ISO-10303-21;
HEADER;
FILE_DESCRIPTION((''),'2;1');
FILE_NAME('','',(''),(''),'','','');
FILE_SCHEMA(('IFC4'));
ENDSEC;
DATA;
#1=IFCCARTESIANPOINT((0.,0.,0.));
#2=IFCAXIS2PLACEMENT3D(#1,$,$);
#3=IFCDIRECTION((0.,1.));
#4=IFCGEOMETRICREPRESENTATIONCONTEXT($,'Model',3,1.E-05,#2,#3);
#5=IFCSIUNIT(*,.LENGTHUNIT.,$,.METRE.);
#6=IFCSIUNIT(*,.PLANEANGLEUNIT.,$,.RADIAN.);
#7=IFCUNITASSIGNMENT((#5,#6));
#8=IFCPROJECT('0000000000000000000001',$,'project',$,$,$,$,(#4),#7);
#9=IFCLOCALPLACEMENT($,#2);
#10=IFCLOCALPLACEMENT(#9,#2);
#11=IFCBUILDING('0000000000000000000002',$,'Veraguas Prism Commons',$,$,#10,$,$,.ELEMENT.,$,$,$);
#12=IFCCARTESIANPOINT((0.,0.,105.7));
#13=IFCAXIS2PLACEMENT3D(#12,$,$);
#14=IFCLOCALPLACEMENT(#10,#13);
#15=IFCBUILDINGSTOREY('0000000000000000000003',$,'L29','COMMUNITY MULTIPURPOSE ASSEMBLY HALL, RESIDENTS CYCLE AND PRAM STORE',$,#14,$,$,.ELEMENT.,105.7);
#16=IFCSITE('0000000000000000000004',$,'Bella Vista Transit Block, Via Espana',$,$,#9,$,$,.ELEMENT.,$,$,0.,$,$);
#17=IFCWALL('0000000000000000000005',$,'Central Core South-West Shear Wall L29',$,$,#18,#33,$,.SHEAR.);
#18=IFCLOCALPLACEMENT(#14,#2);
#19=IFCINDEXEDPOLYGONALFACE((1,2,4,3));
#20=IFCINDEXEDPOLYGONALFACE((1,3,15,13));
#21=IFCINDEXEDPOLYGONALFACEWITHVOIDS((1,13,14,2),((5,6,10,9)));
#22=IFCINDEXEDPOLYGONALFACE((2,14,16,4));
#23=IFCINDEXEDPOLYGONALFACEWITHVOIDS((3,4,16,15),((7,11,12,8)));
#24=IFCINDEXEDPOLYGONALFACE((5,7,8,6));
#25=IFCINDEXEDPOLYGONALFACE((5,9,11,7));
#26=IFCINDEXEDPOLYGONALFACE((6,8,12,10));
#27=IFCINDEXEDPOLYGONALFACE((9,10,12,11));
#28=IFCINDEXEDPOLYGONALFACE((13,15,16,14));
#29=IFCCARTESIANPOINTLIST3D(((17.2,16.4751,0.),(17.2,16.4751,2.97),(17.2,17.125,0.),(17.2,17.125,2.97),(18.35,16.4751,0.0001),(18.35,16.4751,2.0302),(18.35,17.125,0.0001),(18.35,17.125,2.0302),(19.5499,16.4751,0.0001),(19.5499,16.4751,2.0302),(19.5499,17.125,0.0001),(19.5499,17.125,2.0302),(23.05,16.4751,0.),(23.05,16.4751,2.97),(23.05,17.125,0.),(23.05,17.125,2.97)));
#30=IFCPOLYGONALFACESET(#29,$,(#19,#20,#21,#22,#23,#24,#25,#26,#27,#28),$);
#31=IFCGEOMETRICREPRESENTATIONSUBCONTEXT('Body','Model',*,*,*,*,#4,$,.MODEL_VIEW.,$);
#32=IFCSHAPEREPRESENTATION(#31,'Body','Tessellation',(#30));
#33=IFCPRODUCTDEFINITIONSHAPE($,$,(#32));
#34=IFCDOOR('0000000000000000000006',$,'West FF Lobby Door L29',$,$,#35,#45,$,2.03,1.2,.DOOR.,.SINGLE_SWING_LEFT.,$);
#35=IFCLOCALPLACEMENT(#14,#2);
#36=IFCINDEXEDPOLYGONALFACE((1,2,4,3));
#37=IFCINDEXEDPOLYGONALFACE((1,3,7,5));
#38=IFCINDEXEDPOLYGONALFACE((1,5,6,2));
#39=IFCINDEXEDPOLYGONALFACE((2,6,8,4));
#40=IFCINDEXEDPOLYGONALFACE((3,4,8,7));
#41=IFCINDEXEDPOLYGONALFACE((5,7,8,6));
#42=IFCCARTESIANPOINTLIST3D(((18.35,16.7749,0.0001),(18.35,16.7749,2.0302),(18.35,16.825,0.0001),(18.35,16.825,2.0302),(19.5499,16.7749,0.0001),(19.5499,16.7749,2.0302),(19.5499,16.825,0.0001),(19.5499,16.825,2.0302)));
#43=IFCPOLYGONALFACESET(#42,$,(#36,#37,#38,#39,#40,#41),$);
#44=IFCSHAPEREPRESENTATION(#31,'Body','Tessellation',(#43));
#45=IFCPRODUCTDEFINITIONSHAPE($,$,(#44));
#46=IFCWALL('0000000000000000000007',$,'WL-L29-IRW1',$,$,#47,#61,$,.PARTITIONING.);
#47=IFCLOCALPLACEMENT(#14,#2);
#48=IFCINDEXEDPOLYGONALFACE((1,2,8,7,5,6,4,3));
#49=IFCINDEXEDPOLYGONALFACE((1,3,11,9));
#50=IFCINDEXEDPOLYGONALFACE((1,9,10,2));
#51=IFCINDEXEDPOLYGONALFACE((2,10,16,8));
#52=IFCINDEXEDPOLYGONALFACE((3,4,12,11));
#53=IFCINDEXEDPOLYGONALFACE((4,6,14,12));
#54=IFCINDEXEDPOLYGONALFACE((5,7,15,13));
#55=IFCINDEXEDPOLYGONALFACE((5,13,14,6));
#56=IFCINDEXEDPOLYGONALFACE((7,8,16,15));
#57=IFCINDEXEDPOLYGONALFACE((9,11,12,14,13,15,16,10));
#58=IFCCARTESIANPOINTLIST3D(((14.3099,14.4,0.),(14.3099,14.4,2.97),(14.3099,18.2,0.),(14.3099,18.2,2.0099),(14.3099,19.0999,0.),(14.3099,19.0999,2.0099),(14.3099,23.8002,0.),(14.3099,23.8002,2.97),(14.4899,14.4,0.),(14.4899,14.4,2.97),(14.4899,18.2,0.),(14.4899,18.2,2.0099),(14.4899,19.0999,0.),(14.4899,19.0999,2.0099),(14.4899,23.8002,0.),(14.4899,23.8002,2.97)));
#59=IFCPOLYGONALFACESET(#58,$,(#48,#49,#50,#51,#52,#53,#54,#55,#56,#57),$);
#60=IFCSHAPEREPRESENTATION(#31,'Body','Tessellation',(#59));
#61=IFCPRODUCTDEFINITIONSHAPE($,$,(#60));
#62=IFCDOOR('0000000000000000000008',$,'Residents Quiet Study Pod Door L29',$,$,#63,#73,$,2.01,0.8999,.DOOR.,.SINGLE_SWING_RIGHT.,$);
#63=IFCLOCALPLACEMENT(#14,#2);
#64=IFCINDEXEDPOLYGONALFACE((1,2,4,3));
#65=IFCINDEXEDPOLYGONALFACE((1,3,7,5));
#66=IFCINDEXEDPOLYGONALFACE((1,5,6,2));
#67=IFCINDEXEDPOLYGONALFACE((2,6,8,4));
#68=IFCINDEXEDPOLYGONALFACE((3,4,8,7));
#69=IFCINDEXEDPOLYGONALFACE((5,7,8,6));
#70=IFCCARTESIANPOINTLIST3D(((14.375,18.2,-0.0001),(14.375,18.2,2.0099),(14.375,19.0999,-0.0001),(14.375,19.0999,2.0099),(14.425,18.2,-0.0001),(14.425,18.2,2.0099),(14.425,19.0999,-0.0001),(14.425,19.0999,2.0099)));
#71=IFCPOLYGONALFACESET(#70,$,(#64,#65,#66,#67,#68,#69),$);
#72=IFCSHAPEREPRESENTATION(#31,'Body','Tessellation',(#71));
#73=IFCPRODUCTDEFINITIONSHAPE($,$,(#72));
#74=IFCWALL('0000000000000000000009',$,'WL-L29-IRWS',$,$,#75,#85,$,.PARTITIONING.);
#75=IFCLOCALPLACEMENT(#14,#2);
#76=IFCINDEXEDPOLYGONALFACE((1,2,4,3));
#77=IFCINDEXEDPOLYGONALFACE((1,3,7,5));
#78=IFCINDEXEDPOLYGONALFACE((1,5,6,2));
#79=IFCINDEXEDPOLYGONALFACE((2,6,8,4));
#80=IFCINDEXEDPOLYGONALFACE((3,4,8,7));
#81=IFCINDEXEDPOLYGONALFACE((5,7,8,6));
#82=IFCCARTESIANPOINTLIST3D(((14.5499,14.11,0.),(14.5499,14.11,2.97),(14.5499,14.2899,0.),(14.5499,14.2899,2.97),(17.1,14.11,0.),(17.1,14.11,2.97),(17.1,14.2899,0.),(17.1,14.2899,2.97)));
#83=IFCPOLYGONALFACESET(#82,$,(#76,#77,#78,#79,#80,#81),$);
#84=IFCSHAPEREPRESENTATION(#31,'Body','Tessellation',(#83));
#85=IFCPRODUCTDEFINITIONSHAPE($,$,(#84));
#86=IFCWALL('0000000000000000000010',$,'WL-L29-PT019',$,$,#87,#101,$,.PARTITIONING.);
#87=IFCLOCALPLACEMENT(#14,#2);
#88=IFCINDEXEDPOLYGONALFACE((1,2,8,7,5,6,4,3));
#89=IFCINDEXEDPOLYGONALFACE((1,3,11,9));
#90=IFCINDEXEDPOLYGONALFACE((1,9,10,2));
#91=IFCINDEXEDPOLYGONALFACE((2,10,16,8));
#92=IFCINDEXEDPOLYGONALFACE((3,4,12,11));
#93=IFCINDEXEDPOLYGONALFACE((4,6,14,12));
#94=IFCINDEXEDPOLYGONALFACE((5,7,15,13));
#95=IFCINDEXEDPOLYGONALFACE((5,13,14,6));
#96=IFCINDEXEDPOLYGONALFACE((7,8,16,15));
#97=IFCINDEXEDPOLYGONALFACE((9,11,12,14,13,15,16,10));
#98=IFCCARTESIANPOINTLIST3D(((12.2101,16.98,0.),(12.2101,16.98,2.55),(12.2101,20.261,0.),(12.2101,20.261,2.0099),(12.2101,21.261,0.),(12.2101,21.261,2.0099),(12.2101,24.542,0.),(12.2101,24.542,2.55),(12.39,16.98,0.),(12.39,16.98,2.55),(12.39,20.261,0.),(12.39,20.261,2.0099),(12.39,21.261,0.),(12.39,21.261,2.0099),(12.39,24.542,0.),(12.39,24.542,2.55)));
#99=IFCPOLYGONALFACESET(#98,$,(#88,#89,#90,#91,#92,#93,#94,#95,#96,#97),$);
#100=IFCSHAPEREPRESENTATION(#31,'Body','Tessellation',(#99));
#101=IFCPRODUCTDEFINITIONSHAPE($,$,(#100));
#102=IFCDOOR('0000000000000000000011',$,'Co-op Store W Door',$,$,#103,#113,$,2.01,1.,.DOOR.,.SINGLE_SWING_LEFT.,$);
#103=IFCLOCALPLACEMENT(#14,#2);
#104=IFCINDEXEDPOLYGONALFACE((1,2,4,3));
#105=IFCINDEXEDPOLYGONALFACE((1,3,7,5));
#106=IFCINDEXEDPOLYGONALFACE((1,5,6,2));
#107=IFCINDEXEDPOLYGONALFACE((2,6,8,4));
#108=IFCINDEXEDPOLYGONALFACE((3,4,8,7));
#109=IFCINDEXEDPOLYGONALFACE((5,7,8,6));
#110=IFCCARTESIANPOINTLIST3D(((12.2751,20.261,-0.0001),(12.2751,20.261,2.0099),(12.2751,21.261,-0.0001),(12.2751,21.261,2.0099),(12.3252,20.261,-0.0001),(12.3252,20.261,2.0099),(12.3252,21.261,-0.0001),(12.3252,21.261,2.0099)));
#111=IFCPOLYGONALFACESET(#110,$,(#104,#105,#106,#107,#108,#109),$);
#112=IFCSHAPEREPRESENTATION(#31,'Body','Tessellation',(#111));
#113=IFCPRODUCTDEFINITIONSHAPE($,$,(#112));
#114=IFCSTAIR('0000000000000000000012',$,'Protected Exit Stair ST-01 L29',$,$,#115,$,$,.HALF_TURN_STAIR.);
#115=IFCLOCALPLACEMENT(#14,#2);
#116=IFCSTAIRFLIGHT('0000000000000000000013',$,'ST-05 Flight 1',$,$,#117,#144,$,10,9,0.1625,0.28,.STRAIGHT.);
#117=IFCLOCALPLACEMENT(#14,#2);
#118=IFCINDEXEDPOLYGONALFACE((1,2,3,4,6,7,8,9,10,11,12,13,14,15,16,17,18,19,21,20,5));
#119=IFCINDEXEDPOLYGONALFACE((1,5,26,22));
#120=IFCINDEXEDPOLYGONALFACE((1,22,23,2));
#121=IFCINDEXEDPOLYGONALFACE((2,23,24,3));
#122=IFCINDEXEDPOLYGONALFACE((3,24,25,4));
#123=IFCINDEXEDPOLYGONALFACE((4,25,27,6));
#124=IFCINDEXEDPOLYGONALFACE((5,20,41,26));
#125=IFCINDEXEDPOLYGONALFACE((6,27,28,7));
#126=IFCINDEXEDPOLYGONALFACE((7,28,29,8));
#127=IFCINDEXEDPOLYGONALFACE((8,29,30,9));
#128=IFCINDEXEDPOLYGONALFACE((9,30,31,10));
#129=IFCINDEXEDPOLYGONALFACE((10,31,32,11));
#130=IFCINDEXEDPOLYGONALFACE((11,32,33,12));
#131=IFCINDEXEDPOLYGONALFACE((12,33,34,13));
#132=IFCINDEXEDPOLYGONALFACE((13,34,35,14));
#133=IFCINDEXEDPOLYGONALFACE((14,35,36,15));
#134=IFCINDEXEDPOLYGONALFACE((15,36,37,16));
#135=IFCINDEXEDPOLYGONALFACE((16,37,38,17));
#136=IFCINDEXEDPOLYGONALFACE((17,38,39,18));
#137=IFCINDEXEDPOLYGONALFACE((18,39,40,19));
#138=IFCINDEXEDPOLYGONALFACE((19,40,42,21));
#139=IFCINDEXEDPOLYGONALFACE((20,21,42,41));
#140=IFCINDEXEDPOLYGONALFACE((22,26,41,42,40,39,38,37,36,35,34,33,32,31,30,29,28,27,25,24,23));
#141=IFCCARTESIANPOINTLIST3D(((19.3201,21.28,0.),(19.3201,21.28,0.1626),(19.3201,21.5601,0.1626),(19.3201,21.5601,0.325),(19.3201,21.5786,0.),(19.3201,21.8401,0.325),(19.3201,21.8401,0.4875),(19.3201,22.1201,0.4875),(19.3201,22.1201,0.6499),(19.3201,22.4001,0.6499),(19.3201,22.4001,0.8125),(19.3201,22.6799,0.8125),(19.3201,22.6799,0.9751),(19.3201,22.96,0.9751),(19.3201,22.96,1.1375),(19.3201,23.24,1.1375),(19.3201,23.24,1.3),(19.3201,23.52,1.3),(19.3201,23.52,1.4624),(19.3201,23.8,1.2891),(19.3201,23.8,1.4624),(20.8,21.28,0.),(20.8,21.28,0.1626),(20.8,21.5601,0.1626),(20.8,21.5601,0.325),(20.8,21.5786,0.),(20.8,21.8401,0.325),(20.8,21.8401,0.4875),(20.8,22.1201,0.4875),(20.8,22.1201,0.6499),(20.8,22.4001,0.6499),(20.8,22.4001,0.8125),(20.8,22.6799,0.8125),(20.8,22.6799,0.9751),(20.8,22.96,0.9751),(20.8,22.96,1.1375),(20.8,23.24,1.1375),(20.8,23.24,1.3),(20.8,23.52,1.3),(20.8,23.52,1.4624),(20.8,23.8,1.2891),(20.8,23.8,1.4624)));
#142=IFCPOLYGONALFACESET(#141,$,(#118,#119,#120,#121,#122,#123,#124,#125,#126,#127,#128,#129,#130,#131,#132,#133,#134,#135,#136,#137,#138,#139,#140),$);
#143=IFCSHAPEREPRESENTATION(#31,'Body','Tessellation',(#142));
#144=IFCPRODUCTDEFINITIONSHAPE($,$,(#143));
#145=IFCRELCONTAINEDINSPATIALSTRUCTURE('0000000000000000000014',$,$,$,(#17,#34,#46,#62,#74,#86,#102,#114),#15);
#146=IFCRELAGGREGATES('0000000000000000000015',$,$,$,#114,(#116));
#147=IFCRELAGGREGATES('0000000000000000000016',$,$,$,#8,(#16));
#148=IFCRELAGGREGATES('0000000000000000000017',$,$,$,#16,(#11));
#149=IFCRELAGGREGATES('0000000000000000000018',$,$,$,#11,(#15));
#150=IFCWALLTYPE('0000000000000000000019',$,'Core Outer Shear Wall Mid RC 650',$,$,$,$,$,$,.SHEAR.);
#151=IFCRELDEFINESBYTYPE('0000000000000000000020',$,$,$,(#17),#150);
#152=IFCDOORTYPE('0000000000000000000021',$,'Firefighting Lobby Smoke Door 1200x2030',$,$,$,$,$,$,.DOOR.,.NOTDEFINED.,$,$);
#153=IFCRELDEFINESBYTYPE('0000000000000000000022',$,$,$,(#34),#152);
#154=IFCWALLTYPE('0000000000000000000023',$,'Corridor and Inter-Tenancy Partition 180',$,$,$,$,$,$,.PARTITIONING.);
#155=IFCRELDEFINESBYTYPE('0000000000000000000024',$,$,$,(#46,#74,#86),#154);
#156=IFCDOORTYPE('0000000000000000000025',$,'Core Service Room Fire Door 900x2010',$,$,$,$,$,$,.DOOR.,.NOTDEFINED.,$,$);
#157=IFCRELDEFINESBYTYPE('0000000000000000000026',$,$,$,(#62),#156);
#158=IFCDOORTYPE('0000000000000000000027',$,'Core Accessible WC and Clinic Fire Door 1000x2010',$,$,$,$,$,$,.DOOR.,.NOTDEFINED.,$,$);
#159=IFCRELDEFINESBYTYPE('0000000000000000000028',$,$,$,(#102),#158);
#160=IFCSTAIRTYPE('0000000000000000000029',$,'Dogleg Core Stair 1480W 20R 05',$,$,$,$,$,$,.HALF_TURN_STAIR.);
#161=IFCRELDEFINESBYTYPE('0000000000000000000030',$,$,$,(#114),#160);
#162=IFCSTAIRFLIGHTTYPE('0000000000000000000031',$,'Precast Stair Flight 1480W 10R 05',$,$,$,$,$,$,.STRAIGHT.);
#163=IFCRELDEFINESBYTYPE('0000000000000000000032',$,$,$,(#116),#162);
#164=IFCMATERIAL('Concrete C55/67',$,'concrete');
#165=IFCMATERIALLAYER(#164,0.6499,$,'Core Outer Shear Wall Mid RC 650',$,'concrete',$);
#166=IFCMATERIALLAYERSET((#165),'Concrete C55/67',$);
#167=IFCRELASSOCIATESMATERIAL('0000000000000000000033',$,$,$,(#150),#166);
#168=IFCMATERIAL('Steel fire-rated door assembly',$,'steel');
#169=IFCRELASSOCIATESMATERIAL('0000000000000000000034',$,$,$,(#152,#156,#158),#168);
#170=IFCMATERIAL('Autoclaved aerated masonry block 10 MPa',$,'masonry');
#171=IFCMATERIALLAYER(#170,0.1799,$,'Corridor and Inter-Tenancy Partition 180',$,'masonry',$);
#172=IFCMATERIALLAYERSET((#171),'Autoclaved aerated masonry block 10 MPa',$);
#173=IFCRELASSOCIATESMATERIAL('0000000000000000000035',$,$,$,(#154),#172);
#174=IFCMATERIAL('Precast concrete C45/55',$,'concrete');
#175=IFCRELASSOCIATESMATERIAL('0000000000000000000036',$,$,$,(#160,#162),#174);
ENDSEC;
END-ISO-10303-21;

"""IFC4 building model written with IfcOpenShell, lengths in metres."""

from ifc_helpers import new_model, si_unit, direction, frame, frame_2d, origin, place, context, subcontext, project, spatial, polyline, rectangle, outline, extrude, source, transform, mapped, material, layer, layer_set, type_object, element, fill, aggregate, save


model = new_model("IFC4")

# Units and contexts
model_context = context("Model", 3, precision=1e-05, world=origin(), true_north=direction((0.0, 1.0)))
body_context = subcontext(model_context, "Body", "Model", "MODEL_VIEW")
ifc_project = project(units=[si_unit("LENGTHUNIT", "METRE"), si_unit("PLANEANGLEUNIT", "RADIAN")], contexts=[model_context])

# Site, building, storey
site_placement = place(None, origin())
site = spatial("IfcSite", under=ifc_project, at=site_placement, Name="Bella Vista Transit Block, Via Espana", CompositionType="ELEMENT", RefElevation=0.0)
building_placement = place(site_placement, origin())
building = spatial("IfcBuilding", under=site, at=building_placement, Name="Veraguas Prism Commons", CompositionType="ELEMENT")
storey_placement = place(building_placement, frame((0.0, 0.0, 105.7)))
storey = spatial("IfcBuildingStorey", under=building, at=storey_placement, Name="L29", Description="COMMUNITY MULTIPURPOSE ASSEMBLY HALL, RESIDENTS CYCLE AND PRAM STORE", CompositionType="ELEMENT", Elevation=105.7)

# Shared definitions
ifc_material_1 = material(Name="Steel fire-rated door assembly", Category="steel")

# Shared definitions
ifc_material_2 = material(Name="Concrete C55/67", Category="concrete")
ifc_layer_1 = layer(ifc_material_2, 0.6499, Name="Core Outer Shear Wall Mid RC 650", Category="concrete")
ifc_layer_set_1 = layer_set([ifc_layer_1], Name="Concrete C55/67")
wall_type_1 = type_object("IfcWallType", Name="Core Outer Shear Wall Mid RC 650", PredefinedType="SHEAR", material=ifc_layer_set_1)

# Walls, openings, doors
wall_1_placement = place(storey_placement, frame((17.2, 16.8, 0.0), z_axis=(0.0, 0.0, 1.0), x_axis=(1.0, 0.0, 0.0)))
wall_1 = element("IfcWall", 1, at=wall_1_placement, inside=storey, type_object=wall_type_1, Name="Central Core South-West Shear Wall L29", PredefinedType="SHEAR", context=body_context, shape_type="SweptSolid", body=[
    extrude(rectangle(XDim=5.8501, YDim=0.6499, at=frame_2d((2.925, 0.0))), origin(), (0.0, 0.0, 1.0), 2.97),
])
opening_1_placement = place(wall_1_placement, frame((1.1499, 0.0, 0.0)))
opening_1 = element("IfcOpeningElement", 2, at=opening_1_placement, cuts=wall_1, PredefinedType="OPENING", context=body_context, shape_type="SweptSolid", body=[
    extrude(rectangle(XDim=1.2, YDim=2.03, at=frame_2d((0.6001, 1.0151))), frame((0.0, 0.335, 0.0), z_axis=(0.0, -1.0, 0.0), x_axis=(1.0, 0.0, 0.0)), (0.0, 0.0, 1.0), 0.6699),
])
door_type_1 = type_object("IfcDoorType", Name="Firefighting Lobby Smoke Door 1200x2030", OperationType="NOTDEFINED", PredefinedType="DOOR", material=ifc_material_1)
shared_shape_1 = source(origin(), body_context, "Body", "SweptSolid", [
    extrude(rectangle(XDim=1.2, YDim=2.03, at=frame_2d((0.6001, 1.0151))), frame((0.0, 0.0249, 0.0), z_axis=(0.0, -1.0, 0.0), x_axis=(1.0, 0.0, 0.0)), (0.0, 0.0, 1.0), 0.05),
])
door_1_placement = place(opening_1_placement, origin())
door_1 = element("IfcDoor", 3, at=door_1_placement, inside=storey, type_object=door_type_1, Name="West FF Lobby Door L29", OperationType="SINGLE_SWING_LEFT", OverallHeight=2.03, OverallWidth=1.2, PredefinedType="DOOR", context=body_context, shape_type="MappedRepresentation", body=[
    mapped(shared_shape_1, transform((0.0, 0.0, 0.0), scale=1.0)),
])
fill(opening_1, door_1)
ifc_material_3 = material(Name="Autoclaved aerated masonry block 10 MPa", Category="masonry")
ifc_layer_2 = layer(ifc_material_3, 0.1799, Name="Corridor and Inter-Tenancy Partition 180", Category="masonry")
ifc_layer_set_2 = layer_set([ifc_layer_2], Name="Autoclaved aerated masonry block 10 MPa")
wall_type_2 = type_object("IfcWallType", Name="Corridor and Inter-Tenancy Partition 180", PredefinedType="PARTITIONING", material=ifc_layer_set_2)
wall_2_placement = place(storey_placement, frame((14.3999, 14.3999, 0.0), z_axis=(0.0, 0.0, 1.0), x_axis=(0.0, 1.0, 0.0)))
wall_2 = element("IfcWall", 4, at=wall_2_placement, inside=storey, type_object=wall_type_2, Name="WL-L29-IRW1", PredefinedType="PARTITIONING", context=body_context, shape_type="SweptSolid", body=[
    extrude(rectangle(XDim=9.4001, YDim=0.1799, at=frame_2d((4.7002, 0.0))), origin(), (0.0, 0.0, 1.0), 2.97),
])
opening_2_placement = place(wall_2_placement, frame((3.8, 0.0, 0.0)))
opening_2 = element("IfcOpeningElement", 5, at=opening_2_placement, cuts=wall_2, PredefinedType="OPENING", context=body_context, shape_type="SweptSolid", body=[
    extrude(rectangle(XDim=0.8999, YDim=2.01, at=frame_2d((0.45, 1.0049))), frame((0.0, 0.0999, 0.0), z_axis=(0.0, -1.0, 0.0), x_axis=(1.0, 0.0, 0.0)), (0.0, 0.0, 1.0), 0.2),
])
door_type_2 = type_object("IfcDoorType", Name="Core Service Room Fire Door 900x2010", OperationType="NOTDEFINED", PredefinedType="DOOR", material=ifc_material_1)
shared_shape_2 = source(origin(), body_context, "Body", "SweptSolid", [
    extrude(rectangle(XDim=0.8999, YDim=2.01, at=frame_2d((0.45, 1.0049))), frame((0.0, 0.0249, 0.0), z_axis=(0.0, -1.0, 0.0), x_axis=(1.0, 0.0, 0.0)), (0.0, 0.0, 1.0), 0.05),
])
door_2_placement = place(opening_2_placement, origin())
door_2 = element("IfcDoor", 6, at=door_2_placement, inside=storey, type_object=door_type_2, Name="Residents Quiet Study Pod Door L29", OperationType="SINGLE_SWING_RIGHT", OverallHeight=2.01, OverallWidth=0.8999, PredefinedType="DOOR", context=body_context, shape_type="MappedRepresentation", body=[
    mapped(shared_shape_2, transform((0.0, 0.0, 0.0), scale=1.0)),
])
fill(opening_2, door_2)

# Wall
wall_3_placement = place(storey_placement, frame((14.55, 14.2, 0.0), z_axis=(0.0, 0.0, 1.0), x_axis=(1.0, 0.0, 0.0)))
element("IfcWall", 7, at=wall_3_placement, inside=storey, type_object=wall_type_2, Name="WL-L29-IRWS", PredefinedType="PARTITIONING", context=body_context, shape_type="SweptSolid", body=[
    extrude(rectangle(XDim=2.55, YDim=0.1799, at=frame_2d((1.2749, 0.0))), origin(), (0.0, 0.0, 1.0), 2.97),
])

# Wall, opening, door
wall_4_placement = place(storey_placement, frame((12.3, 16.98, 0.0), z_axis=(0.0, 0.0, 1.0), x_axis=(0.0, 1.0, 0.0)))
wall_4 = element("IfcWall", 8, at=wall_4_placement, inside=storey, type_object=wall_type_2, Name="WL-L29-PT019", PredefinedType="PARTITIONING", context=body_context, shape_type="SweptSolid", body=[
    extrude(rectangle(XDim=7.562, YDim=0.1799, at=frame_2d((3.781, 0.0))), origin(), (0.0, 0.0, 1.0), 2.55),
])
opening_3_placement = place(wall_4_placement, frame((3.281, 0.0, 0.0)))
opening_3 = element("IfcOpeningElement", 9, at=opening_3_placement, cuts=wall_4, PredefinedType="OPENING", context=body_context, shape_type="SweptSolid", body=[
    extrude(rectangle(XDim=1.0, YDim=2.01, at=frame_2d((0.5, 1.0049))), frame((0.0, 0.0999, 0.0), z_axis=(0.0, -1.0, 0.0), x_axis=(1.0, 0.0, 0.0)), (0.0, 0.0, 1.0), 0.2),
])
door_type_3 = type_object("IfcDoorType", Name="Core Accessible WC and Clinic Fire Door 1000x2010", OperationType="NOTDEFINED", PredefinedType="DOOR", material=ifc_material_1)
shared_shape_3 = source(origin(), body_context, "Body", "SweptSolid", [
    extrude(rectangle(XDim=1.0, YDim=2.01, at=frame_2d((0.5, 1.0049))), frame((0.0, 0.0249, 0.0), z_axis=(0.0, -1.0, 0.0), x_axis=(1.0, 0.0, 0.0)), (0.0, 0.0, 1.0), 0.05),
])
door_3_placement = place(opening_3_placement, origin())
door_3 = element("IfcDoor", 10, at=door_3_placement, inside=storey, type_object=door_type_3, Name="Co-op Store W Door", OperationType="SINGLE_SWING_LEFT", OverallHeight=2.01, OverallWidth=1.0, PredefinedType="DOOR", context=body_context, shape_type="MappedRepresentation", body=[
    mapped(shared_shape_3, transform((0.0, 0.0, 0.0), scale=1.0)),
])
fill(opening_3, door_3)

# Stair, stair flight
ifc_material_4 = material(Name="Precast concrete C45/55", Category="concrete")
stair_type = type_object("IfcStairType", Name="Dogleg Core Stair 1480W 20R 05", PredefinedType="HALF_TURN_STAIR", material=ifc_material_4)
stair_placement = place(storey_placement, origin())
stair = element("IfcStair", 11, at=stair_placement, inside=storey, type_object=stair_type, Name="Protected Exit Stair ST-01 L29", PredefinedType="HALF_TURN_STAIR")
stair_flight_type = type_object("IfcStairFlightType", Name="Precast Stair Flight 1480W 10R 05", PredefinedType="STRAIGHT", material=ifc_material_4)
stair_flight_placement = place(storey_placement, frame((20.0601, 21.28, 0.0), z_axis=(0.0, 0.0, 1.0), x_axis=(0.0, 1.0, 0.0)))
stair_flight = element("IfcStairFlight", 12, at=stair_flight_placement, type_object=stair_flight_type, Name="ST-05 Flight 1", NumberOfRisers=10, NumberOfTreads=9, PredefinedType="STRAIGHT", RiserHeight=0.1625, TreadLength=0.28, context=body_context, shape_type="SweptSolid", body=[
    extrude(outline(polyline([(0.0, 0.0), (0.0, 0.1626), (0.28, 0.1626), (0.28, 0.325), (0.5601, 0.325), (0.5601, 0.4875), (0.8401, 0.4875), (0.8401, 0.6499), (1.1201, 0.6499), (1.1201, 0.8125), (1.3999, 0.8125), (1.3999, 0.9751), (1.6799, 0.9751), (1.6799, 1.1375), (1.96, 1.1375), (1.96, 1.3), (2.24, 1.3), (2.24, 1.4624), (2.52, 1.4624), (2.52, 1.625), (2.52, 1.2891), (0.2986, 0.0), (0.0, 0.0)])), frame((0.0, 0.74, 0.0), z_axis=(0.0, -1.0, 0.0), x_axis=(1.0, 0.0, 0.0)), (0.0, 0.0, 1.0), 1.48),
])
aggregate(stair, [stair_flight])

save(model, "model.ifc")
